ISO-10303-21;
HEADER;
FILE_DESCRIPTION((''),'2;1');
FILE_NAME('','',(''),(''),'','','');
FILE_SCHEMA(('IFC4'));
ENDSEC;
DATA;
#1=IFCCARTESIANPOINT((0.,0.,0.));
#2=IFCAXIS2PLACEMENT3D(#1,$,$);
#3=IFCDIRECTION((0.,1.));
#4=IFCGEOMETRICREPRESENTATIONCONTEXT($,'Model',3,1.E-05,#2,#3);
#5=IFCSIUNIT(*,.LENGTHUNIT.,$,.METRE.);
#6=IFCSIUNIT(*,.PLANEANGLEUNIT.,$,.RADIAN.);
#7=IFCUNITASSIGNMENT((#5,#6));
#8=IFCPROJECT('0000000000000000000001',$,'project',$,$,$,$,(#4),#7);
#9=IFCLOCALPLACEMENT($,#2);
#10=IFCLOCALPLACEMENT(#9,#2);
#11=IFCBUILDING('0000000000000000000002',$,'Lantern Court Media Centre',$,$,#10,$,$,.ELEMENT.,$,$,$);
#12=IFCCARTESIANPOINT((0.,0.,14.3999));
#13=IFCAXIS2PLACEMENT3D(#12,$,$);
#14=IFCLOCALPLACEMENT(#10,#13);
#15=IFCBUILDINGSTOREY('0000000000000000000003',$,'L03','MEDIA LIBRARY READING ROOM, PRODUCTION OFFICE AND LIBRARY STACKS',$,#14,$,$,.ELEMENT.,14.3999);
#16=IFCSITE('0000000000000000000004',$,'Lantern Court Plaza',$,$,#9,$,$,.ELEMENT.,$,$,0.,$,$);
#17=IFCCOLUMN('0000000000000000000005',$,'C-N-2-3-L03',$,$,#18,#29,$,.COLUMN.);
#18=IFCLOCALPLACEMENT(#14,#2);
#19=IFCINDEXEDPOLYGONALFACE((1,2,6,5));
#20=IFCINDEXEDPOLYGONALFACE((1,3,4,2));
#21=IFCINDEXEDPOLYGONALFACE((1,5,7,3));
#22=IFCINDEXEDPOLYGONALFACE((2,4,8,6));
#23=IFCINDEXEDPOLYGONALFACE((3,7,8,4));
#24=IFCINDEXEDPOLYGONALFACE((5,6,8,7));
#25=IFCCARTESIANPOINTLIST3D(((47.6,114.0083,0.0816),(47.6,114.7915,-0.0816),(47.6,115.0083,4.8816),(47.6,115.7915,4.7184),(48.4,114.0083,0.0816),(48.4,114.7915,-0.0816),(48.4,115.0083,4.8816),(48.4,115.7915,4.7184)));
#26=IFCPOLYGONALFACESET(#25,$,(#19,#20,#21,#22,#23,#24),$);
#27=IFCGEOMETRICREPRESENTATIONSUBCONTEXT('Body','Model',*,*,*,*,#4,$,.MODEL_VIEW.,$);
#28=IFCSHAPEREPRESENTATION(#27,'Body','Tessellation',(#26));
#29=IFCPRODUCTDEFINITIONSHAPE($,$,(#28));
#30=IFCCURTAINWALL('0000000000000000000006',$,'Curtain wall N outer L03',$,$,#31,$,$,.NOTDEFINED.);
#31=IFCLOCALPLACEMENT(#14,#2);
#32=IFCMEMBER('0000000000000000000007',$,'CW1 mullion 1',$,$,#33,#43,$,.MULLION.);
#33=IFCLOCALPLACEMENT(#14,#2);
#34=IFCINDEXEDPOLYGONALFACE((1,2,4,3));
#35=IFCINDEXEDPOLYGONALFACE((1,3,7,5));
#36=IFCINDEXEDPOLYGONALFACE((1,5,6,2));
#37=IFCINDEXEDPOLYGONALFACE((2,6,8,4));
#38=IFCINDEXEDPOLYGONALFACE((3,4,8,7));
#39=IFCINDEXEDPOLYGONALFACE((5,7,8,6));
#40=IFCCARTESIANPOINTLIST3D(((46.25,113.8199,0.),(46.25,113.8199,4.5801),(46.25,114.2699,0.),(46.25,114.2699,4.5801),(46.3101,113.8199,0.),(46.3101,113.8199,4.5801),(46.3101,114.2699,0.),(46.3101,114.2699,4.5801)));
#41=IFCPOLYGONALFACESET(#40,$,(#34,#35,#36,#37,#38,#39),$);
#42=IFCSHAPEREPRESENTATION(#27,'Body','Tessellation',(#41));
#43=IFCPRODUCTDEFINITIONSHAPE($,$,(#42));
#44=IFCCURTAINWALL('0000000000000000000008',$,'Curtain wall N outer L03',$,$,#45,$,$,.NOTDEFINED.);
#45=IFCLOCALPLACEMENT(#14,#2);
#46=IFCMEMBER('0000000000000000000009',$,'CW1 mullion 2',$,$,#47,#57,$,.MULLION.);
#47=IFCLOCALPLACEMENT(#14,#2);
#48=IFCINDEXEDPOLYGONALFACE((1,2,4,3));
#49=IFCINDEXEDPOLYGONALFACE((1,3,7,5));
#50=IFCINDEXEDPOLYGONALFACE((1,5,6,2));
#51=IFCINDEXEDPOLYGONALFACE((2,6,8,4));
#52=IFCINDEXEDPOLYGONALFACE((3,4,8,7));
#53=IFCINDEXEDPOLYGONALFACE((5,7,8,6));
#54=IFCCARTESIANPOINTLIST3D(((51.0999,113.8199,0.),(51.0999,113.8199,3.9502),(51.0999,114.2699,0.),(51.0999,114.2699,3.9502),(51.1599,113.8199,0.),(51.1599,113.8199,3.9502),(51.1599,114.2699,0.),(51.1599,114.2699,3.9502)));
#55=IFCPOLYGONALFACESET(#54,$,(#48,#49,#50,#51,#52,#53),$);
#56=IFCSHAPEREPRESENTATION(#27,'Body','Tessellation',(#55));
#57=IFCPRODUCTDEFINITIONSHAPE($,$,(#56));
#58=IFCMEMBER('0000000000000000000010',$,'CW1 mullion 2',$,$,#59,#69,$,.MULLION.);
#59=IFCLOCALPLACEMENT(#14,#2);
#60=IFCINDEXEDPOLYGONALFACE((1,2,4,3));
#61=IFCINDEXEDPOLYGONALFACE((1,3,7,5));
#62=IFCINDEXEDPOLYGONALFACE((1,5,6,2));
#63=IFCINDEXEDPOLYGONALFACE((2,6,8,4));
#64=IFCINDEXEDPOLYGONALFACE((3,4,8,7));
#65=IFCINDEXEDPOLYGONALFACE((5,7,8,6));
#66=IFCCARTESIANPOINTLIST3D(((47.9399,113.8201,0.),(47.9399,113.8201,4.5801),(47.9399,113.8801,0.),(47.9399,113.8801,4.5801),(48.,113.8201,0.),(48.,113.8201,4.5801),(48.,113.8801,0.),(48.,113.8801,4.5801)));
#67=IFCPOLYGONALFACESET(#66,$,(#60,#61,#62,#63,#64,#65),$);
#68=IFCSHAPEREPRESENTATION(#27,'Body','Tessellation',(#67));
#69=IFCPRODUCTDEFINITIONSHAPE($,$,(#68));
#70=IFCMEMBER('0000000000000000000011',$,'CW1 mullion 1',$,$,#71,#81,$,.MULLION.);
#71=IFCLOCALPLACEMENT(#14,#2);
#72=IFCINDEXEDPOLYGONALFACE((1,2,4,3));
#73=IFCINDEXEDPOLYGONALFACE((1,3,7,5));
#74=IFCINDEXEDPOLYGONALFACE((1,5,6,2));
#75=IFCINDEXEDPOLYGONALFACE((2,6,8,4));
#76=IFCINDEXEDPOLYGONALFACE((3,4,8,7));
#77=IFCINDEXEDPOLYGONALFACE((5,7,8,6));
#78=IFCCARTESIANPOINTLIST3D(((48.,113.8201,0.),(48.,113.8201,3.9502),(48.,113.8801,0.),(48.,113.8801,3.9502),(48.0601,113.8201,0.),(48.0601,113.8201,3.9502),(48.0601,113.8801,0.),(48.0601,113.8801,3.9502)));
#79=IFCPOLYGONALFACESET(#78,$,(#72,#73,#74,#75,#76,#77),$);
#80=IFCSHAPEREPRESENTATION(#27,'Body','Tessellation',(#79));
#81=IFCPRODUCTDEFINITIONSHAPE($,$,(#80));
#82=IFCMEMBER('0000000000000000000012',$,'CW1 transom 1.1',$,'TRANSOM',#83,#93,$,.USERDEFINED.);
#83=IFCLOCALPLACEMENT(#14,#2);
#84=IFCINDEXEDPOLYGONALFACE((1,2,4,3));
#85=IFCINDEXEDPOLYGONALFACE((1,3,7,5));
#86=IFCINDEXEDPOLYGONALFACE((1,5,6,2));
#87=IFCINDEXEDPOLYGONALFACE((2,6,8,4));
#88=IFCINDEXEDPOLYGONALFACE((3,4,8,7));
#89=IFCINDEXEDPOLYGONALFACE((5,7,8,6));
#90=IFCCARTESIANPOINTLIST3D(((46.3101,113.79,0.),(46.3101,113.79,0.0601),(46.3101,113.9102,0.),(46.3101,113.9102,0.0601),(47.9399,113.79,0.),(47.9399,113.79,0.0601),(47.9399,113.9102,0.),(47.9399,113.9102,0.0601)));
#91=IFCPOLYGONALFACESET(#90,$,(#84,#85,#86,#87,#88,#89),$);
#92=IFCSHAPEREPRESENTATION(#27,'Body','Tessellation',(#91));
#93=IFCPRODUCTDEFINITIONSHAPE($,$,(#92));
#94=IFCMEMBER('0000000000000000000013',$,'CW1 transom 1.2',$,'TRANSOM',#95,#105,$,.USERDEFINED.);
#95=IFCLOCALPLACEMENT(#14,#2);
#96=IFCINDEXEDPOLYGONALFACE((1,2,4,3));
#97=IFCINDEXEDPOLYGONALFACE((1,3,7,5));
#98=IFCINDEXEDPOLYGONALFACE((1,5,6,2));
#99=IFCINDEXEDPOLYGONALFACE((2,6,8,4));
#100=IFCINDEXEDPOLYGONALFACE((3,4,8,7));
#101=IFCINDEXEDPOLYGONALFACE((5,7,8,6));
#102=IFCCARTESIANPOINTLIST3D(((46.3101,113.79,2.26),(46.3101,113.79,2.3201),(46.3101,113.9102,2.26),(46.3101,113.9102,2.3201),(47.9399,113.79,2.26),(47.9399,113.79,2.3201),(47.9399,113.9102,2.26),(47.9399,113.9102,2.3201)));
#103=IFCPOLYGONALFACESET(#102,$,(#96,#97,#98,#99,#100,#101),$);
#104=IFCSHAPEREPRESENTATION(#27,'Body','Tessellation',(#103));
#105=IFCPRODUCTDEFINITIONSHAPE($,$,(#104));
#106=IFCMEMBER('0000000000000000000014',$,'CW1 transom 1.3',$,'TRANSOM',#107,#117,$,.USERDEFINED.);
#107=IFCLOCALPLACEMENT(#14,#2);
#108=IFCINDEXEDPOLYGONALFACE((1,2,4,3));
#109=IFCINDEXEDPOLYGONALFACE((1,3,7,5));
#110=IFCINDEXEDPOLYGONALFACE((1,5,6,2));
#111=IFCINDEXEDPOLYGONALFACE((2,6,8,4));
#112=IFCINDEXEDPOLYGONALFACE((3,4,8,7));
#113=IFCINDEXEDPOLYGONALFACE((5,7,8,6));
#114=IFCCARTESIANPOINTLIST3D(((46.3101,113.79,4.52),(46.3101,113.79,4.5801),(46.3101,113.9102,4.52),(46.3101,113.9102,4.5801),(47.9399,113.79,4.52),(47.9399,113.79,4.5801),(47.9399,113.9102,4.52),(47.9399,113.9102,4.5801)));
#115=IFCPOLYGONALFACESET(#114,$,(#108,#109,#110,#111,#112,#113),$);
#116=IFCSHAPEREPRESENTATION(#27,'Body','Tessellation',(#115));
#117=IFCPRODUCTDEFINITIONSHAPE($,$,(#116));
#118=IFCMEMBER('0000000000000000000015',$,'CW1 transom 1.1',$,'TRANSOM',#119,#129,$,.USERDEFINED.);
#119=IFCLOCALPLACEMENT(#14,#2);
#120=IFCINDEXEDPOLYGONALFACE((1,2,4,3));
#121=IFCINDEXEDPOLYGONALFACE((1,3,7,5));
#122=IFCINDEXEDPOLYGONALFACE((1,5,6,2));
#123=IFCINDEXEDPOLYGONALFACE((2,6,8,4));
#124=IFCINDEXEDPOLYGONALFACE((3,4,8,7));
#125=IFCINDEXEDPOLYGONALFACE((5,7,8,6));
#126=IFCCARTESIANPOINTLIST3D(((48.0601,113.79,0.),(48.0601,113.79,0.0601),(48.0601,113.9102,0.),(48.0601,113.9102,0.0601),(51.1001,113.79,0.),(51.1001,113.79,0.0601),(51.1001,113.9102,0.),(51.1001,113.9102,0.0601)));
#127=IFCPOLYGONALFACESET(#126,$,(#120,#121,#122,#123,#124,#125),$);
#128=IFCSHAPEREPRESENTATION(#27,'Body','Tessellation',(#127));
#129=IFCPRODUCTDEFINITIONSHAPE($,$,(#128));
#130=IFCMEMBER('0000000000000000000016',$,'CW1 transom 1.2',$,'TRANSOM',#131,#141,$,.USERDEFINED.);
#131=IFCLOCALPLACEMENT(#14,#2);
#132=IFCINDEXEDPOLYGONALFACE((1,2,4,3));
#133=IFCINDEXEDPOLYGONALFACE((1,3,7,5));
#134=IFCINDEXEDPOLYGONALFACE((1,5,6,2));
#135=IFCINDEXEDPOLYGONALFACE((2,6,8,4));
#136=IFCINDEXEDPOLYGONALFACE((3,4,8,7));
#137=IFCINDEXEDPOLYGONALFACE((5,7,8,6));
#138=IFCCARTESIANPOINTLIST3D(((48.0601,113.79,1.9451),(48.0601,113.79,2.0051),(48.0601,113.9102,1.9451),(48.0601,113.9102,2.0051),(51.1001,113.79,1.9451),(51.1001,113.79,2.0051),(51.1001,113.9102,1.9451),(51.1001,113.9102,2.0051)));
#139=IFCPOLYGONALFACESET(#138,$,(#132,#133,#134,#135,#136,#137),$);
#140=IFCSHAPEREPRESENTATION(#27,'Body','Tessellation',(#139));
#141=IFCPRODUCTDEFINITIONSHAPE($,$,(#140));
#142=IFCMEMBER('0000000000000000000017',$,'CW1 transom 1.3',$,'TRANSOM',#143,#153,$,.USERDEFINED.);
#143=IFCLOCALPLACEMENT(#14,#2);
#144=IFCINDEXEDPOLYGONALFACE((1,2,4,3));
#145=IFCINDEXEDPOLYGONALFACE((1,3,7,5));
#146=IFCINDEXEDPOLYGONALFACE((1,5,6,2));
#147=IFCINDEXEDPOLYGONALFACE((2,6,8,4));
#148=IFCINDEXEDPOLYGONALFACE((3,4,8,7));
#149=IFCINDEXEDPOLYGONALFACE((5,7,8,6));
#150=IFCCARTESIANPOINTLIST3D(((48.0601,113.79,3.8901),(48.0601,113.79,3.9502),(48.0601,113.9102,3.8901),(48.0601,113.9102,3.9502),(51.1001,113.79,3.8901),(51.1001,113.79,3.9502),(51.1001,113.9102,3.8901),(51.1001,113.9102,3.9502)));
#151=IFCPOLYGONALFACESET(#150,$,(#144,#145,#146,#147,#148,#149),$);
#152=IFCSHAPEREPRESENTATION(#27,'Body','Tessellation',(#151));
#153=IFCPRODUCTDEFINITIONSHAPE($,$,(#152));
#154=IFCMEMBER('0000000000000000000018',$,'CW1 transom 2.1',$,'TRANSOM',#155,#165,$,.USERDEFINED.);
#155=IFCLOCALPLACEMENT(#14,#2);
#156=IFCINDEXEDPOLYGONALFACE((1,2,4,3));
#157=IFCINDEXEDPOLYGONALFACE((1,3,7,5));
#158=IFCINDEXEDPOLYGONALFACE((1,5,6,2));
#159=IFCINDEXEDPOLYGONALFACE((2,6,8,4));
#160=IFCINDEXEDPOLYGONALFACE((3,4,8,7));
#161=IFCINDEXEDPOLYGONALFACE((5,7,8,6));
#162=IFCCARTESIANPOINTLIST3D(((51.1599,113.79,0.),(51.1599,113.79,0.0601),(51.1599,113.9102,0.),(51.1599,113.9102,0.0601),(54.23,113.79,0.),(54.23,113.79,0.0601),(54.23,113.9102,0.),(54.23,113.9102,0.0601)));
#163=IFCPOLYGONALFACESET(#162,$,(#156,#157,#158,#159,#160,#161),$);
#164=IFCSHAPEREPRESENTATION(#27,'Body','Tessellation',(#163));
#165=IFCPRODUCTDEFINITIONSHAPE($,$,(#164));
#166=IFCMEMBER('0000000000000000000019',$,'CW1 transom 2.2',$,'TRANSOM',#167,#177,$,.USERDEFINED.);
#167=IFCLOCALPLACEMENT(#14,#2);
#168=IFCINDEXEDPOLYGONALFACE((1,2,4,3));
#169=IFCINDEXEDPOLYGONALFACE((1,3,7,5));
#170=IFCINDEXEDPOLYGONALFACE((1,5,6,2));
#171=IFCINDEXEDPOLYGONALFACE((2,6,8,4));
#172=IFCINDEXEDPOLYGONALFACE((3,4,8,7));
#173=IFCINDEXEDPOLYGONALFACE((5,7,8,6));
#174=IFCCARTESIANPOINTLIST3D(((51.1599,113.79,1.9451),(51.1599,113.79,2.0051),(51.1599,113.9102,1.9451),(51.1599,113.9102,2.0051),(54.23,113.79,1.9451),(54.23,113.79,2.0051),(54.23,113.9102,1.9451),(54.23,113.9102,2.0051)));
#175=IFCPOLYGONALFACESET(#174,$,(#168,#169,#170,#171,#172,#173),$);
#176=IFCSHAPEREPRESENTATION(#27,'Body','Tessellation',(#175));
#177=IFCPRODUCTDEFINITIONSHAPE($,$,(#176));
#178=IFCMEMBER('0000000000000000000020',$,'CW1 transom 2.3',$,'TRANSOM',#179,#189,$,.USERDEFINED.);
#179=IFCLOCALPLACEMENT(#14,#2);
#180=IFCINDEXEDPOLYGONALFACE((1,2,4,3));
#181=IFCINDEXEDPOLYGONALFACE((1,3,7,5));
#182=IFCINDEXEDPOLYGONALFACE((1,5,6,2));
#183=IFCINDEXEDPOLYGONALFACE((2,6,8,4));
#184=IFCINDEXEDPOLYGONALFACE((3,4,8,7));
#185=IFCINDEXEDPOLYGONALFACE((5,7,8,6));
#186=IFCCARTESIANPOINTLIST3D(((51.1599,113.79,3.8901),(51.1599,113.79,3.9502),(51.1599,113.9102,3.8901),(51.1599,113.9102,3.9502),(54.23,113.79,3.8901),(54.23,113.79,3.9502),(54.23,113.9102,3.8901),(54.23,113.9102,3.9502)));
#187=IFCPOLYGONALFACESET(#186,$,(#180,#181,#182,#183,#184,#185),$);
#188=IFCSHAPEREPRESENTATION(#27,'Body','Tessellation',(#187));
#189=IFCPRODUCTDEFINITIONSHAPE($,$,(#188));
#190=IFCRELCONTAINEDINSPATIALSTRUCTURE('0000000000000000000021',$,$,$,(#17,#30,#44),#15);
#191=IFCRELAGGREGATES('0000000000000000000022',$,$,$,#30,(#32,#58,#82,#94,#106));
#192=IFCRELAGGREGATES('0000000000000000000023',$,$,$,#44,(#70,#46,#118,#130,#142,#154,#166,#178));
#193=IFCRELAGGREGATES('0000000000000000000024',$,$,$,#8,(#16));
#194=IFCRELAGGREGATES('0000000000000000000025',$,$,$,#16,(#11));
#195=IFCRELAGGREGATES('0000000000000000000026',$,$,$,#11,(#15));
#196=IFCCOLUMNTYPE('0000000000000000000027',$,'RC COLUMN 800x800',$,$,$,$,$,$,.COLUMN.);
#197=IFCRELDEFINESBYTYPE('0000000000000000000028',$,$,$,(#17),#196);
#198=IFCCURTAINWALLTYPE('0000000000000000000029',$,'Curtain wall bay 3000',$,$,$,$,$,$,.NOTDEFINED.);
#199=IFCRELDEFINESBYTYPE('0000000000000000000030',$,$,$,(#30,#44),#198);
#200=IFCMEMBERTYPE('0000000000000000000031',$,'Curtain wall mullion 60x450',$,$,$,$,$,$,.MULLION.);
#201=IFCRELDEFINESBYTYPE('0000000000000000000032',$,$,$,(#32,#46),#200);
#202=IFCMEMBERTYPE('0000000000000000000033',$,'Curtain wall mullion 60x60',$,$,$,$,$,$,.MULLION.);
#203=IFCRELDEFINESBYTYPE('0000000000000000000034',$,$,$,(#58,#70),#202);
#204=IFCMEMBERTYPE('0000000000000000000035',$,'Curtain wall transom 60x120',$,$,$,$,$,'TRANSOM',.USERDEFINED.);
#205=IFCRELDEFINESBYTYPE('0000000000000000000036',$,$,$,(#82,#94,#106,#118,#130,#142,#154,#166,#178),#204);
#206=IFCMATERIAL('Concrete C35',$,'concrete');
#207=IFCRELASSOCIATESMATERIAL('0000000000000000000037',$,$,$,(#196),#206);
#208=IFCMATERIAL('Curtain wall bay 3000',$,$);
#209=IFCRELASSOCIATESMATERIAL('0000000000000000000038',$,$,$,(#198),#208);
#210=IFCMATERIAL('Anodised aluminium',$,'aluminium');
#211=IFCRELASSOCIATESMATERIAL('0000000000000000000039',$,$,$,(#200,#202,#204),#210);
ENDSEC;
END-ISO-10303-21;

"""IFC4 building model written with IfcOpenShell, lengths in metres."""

from ifc_helpers import new_model, si_unit, direction, frame, origin, origin_2d, place, context, subcontext, project, spatial, rectangle, extrude, material, material_profile, profile_set, type_object, element, aggregate, save


model = new_model("IFC4")

# Units and contexts
model_context = context("Model", 3, precision=1e-05, world=origin(), true_north=direction((0.0, 1.0)))
body_context = subcontext(model_context, "Body", "Model", "MODEL_VIEW")
ifc_project = project(units=[si_unit("LENGTHUNIT", "METRE"), si_unit("PLANEANGLEUNIT", "RADIAN")], contexts=[model_context])

# Site, building, storey
site_placement = place(None, origin())
site = spatial("IfcSite", under=ifc_project, at=site_placement, Name="Lantern Court Plaza", CompositionType="ELEMENT", RefElevation=0.0)
building_placement = place(site_placement, origin())
building = spatial("IfcBuilding", under=site, at=building_placement, Name="Lantern Court Media Centre", CompositionType="ELEMENT")
storey_placement = place(building_placement, frame((0.0, 0.0, 14.3999)))
storey = spatial("IfcBuildingStorey", under=building, at=storey_placement, Name="L03", Description="MEDIA LIBRARY READING ROOM, PRODUCTION OFFICE AND LIBRARY STACKS", CompositionType="ELEMENT", Elevation=14.3999)

# Column
ifc_material_1 = material(Name="Concrete C35", Category="concrete")
ifc_material_profile_1 = material_profile(ifc_material_1, rectangle(XDim=0.8, YDim=0.8, at=origin_2d()), Name="RC 800x800")
ifc_profile_set_1 = profile_set([ifc_material_profile_1], Name="Concrete C35")
column_type = type_object("IfcColumnType", Name="RC COLUMN 800x800", PredefinedType="COLUMN", material=ifc_profile_set_1)
column_placement = place(storey_placement, frame((48.0, 114.3999, 0.0), z_axis=(0.0, 0.203952, 0.978981), x_axis=(-1.0, 0.0, 0.0)))
element("IfcColumn", 1, at=column_placement, inside=storey, type_object=column_type, Name="C-N-2-3-L03", PredefinedType="COLUMN", context=body_context, shape_type="SweptSolid", body=[
    extrude(rectangle(XDim=0.8, YDim=0.8, at=origin_2d()), origin(), (0.0, 0.0, 1.0), 4.9031),
])

# Curtain walls, members
ifc_material_2 = material(Name="Curtain wall bay 3000")
curtain_wall_type = type_object("IfcCurtainWallType", Name="Curtain wall bay 3000", PredefinedType="NOTDEFINED", material=ifc_material_2)
curtain_wall_1_placement = place(storey_placement, origin())
curtain_wall_1 = element("IfcCurtainWall", 2, at=curtain_wall_1_placement, inside=storey, type_object=curtain_wall_type, Name="Curtain wall N outer L03", PredefinedType="NOTDEFINED")
ifc_material_3 = material(Name="Anodised aluminium", Category="aluminium")
ifc_material_profile_2 = material_profile(ifc_material_3, rectangle(XDim=0.45, YDim=0.0601, at=origin_2d()), Name="AL 60x450")
ifc_profile_set_2 = profile_set([ifc_material_profile_2], Name="Anodised aluminium")
member_type_1 = type_object("IfcMemberType", Name="Curtain wall mullion 60x450", PredefinedType="MULLION", material=ifc_profile_set_2)
member_1_placement = place(storey_placement, frame((46.28, 114.0449, 0.0), z_axis=(0.0, 0.0, 1.0), x_axis=(0.0, 1.0, 0.0)))
member_1 = element("IfcMember", 3, at=member_1_placement, type_object=member_type_1, Name="CW1 mullion 1", PredefinedType="MULLION", context=body_context, shape_type="SweptSolid", body=[
    extrude(rectangle(XDim=0.45, YDim=0.0601, at=origin_2d()), origin(), (0.0, 0.0, 1.0), 4.5801),
])
curtain_wall_2_placement = place(storey_placement, origin())
curtain_wall_2 = element("IfcCurtainWall", 4, at=curtain_wall_2_placement, inside=storey, type_object=curtain_wall_type, Name="Curtain wall N outer L03", PredefinedType="NOTDEFINED")
member_2_placement = place(storey_placement, frame((51.1299, 114.0449, 0.0), z_axis=(0.0, 0.0, 1.0), x_axis=(0.0, 1.0, 0.0)))
member_2 = element("IfcMember", 5, at=member_2_placement, type_object=member_type_1, Name="CW1 mullion 2", PredefinedType="MULLION", context=body_context, shape_type="SweptSolid", body=[
    extrude(rectangle(XDim=0.45, YDim=0.0601, at=origin_2d()), origin(), (0.0, 0.0, 1.0), 3.9502),
])

# Members
ifc_material_profile_3 = material_profile(ifc_material_3, rectangle(XDim=0.0601, YDim=0.0601, at=origin_2d()), Name="AL 60x60")
ifc_profile_set_3 = profile_set([ifc_material_profile_3], Name="Anodised aluminium")
member_type_2 = type_object("IfcMemberType", Name="Curtain wall mullion 60x60", PredefinedType="MULLION", material=ifc_profile_set_3)
member_3_placement = place(storey_placement, frame((47.97, 113.8501, 0.0), z_axis=(0.0, 0.0, 1.0), x_axis=(0.0, 1.0, 0.0)))
member_3 = element("IfcMember", 6, at=member_3_placement, type_object=member_type_2, Name="CW1 mullion 2", PredefinedType="MULLION", context=body_context, shape_type="SweptSolid", body=[
    extrude(rectangle(XDim=0.0601, YDim=0.0601, at=origin_2d()), origin(), (0.0, 0.0, 1.0), 4.5801),
])
member_4_placement = place(storey_placement, frame((48.03, 113.8501, 0.0), z_axis=(0.0, 0.0, 1.0), x_axis=(0.0, 1.0, 0.0)))
member_4 = element("IfcMember", 7, at=member_4_placement, type_object=member_type_2, Name="CW1 mullion 1", PredefinedType="MULLION", context=body_context, shape_type="SweptSolid", body=[
    extrude(rectangle(XDim=0.0601, YDim=0.0601, at=origin_2d()), origin(), (0.0, 0.0, 1.0), 3.9502),
])
ifc_material_profile_4 = material_profile(ifc_material_3, rectangle(XDim=0.1201, YDim=0.0601, at=origin_2d()), Name="AL 60x120")
ifc_profile_set_4 = profile_set([ifc_material_profile_4], Name="Anodised aluminium")
member_type_3 = type_object("IfcMemberType", Name="Curtain wall transom 60x120", ElementType="TRANSOM", PredefinedType="USERDEFINED", material=ifc_profile_set_4)
member_5_placement = place(storey_placement, frame((46.3101, 113.8501, 0.03), z_axis=(1.0, 0.0, 0.0), x_axis=(0.0, 1.0, 0.0)))
member_5 = element("IfcMember", 8, at=member_5_placement, type_object=member_type_3, Name="CW1 transom 1.1", ObjectType="TRANSOM", PredefinedType="USERDEFINED", context=body_context, shape_type="SweptSolid", body=[
    extrude(rectangle(XDim=0.1201, YDim=0.0601, at=origin_2d()), origin(), (0.0, 0.0, 1.0), 1.6299),
])
member_6_placement = place(storey_placement, frame((46.3101, 113.8501, 2.29), z_axis=(1.0, 0.0, 0.0), x_axis=(0.0, 1.0, 0.0)))
member_6 = element("IfcMember", 9, at=member_6_placement, type_object=member_type_3, Name="CW1 transom 1.2", ObjectType="TRANSOM", PredefinedType="USERDEFINED", context=body_context, shape_type="SweptSolid", body=[
    extrude(rectangle(XDim=0.1201, YDim=0.0601, at=origin_2d()), origin(), (0.0, 0.0, 1.0), 1.6299),
])
member_7_placement = place(storey_placement, frame((46.3101, 113.8501, 4.55), z_axis=(1.0, 0.0, 0.0), x_axis=(0.0, 1.0, 0.0)))
member_7 = element("IfcMember", 10, at=member_7_placement, type_object=member_type_3, Name="CW1 transom 1.3", ObjectType="TRANSOM", PredefinedType="USERDEFINED", context=body_context, shape_type="SweptSolid", body=[
    extrude(rectangle(XDim=0.1201, YDim=0.0601, at=origin_2d()), origin(), (0.0, 0.0, 1.0), 1.6299),
])
member_8_placement = place(storey_placement, frame((48.0601, 113.8501, 0.03), z_axis=(1.0, 0.0, 0.0), x_axis=(0.0, 1.0, 0.0)))
member_8 = element("IfcMember", 11, at=member_8_placement, type_object=member_type_3, Name="CW1 transom 1.1", ObjectType="TRANSOM", PredefinedType="USERDEFINED", context=body_context, shape_type="SweptSolid", body=[
    extrude(rectangle(XDim=0.1201, YDim=0.0601, at=origin_2d()), origin(), (0.0, 0.0, 1.0), 3.04),
])
member_9_placement = place(storey_placement, frame((48.0601, 113.8501, 1.9751), z_axis=(1.0, 0.0, 0.0), x_axis=(0.0, 1.0, 0.0)))
member_9 = element("IfcMember", 12, at=member_9_placement, type_object=member_type_3, Name="CW1 transom 1.2", ObjectType="TRANSOM", PredefinedType="USERDEFINED", context=body_context, shape_type="SweptSolid", body=[
    extrude(rectangle(XDim=0.1201, YDim=0.0601, at=origin_2d()), origin(), (0.0, 0.0, 1.0), 3.04),
])
member_10_placement = place(storey_placement, frame((48.0601, 113.8501, 3.9202), z_axis=(1.0, 0.0, 0.0), x_axis=(0.0, 1.0, 0.0)))
member_10 = element("IfcMember", 13, at=member_10_placement, type_object=member_type_3, Name="CW1 transom 1.3", ObjectType="TRANSOM", PredefinedType="USERDEFINED", context=body_context, shape_type="SweptSolid", body=[
    extrude(rectangle(XDim=0.1201, YDim=0.0601, at=origin_2d()), origin(), (0.0, 0.0, 1.0), 3.04),
])
member_11_placement = place(storey_placement, frame((51.1599, 113.8501, 0.03), z_axis=(1.0, 0.0, 0.0), x_axis=(0.0, 1.0, 0.0)))
member_11 = element("IfcMember", 14, at=member_11_placement, type_object=member_type_3, Name="CW1 transom 2.1", ObjectType="TRANSOM", PredefinedType="USERDEFINED", context=body_context, shape_type="SweptSolid", body=[
    extrude(rectangle(XDim=0.1201, YDim=0.0601, at=origin_2d()), origin(), (0.0, 0.0, 1.0), 3.0701),
])
member_12_placement = place(storey_placement, frame((51.1599, 113.8501, 1.9751), z_axis=(1.0, 0.0, 0.0), x_axis=(0.0, 1.0, 0.0)))
member_12 = element("IfcMember", 15, at=member_12_placement, type_object=member_type_3, Name="CW1 transom 2.2", ObjectType="TRANSOM", PredefinedType="USERDEFINED", context=body_context, shape_type="SweptSolid", body=[
    extrude(rectangle(XDim=0.1201, YDim=0.0601, at=origin_2d()), origin(), (0.0, 0.0, 1.0), 3.0701),
])
member_13_placement = place(storey_placement, frame((51.1599, 113.8501, 3.9202), z_axis=(1.0, 0.0, 0.0), x_axis=(0.0, 1.0, 0.0)))
member_13 = element("IfcMember", 16, at=member_13_placement, type_object=member_type_3, Name="CW1 transom 2.3", ObjectType="TRANSOM", PredefinedType="USERDEFINED", context=body_context, shape_type="SweptSolid", body=[
    extrude(rectangle(XDim=0.1201, YDim=0.0601, at=origin_2d()), origin(), (0.0, 0.0, 1.0), 3.0701),
])

aggregate(curtain_wall_1, [member_1, member_3, member_5, member_6, member_7])
aggregate(curtain_wall_2, [member_4, member_2, member_8, member_9, member_10, member_11, member_12, member_13])

save(model, "model.ifc")
